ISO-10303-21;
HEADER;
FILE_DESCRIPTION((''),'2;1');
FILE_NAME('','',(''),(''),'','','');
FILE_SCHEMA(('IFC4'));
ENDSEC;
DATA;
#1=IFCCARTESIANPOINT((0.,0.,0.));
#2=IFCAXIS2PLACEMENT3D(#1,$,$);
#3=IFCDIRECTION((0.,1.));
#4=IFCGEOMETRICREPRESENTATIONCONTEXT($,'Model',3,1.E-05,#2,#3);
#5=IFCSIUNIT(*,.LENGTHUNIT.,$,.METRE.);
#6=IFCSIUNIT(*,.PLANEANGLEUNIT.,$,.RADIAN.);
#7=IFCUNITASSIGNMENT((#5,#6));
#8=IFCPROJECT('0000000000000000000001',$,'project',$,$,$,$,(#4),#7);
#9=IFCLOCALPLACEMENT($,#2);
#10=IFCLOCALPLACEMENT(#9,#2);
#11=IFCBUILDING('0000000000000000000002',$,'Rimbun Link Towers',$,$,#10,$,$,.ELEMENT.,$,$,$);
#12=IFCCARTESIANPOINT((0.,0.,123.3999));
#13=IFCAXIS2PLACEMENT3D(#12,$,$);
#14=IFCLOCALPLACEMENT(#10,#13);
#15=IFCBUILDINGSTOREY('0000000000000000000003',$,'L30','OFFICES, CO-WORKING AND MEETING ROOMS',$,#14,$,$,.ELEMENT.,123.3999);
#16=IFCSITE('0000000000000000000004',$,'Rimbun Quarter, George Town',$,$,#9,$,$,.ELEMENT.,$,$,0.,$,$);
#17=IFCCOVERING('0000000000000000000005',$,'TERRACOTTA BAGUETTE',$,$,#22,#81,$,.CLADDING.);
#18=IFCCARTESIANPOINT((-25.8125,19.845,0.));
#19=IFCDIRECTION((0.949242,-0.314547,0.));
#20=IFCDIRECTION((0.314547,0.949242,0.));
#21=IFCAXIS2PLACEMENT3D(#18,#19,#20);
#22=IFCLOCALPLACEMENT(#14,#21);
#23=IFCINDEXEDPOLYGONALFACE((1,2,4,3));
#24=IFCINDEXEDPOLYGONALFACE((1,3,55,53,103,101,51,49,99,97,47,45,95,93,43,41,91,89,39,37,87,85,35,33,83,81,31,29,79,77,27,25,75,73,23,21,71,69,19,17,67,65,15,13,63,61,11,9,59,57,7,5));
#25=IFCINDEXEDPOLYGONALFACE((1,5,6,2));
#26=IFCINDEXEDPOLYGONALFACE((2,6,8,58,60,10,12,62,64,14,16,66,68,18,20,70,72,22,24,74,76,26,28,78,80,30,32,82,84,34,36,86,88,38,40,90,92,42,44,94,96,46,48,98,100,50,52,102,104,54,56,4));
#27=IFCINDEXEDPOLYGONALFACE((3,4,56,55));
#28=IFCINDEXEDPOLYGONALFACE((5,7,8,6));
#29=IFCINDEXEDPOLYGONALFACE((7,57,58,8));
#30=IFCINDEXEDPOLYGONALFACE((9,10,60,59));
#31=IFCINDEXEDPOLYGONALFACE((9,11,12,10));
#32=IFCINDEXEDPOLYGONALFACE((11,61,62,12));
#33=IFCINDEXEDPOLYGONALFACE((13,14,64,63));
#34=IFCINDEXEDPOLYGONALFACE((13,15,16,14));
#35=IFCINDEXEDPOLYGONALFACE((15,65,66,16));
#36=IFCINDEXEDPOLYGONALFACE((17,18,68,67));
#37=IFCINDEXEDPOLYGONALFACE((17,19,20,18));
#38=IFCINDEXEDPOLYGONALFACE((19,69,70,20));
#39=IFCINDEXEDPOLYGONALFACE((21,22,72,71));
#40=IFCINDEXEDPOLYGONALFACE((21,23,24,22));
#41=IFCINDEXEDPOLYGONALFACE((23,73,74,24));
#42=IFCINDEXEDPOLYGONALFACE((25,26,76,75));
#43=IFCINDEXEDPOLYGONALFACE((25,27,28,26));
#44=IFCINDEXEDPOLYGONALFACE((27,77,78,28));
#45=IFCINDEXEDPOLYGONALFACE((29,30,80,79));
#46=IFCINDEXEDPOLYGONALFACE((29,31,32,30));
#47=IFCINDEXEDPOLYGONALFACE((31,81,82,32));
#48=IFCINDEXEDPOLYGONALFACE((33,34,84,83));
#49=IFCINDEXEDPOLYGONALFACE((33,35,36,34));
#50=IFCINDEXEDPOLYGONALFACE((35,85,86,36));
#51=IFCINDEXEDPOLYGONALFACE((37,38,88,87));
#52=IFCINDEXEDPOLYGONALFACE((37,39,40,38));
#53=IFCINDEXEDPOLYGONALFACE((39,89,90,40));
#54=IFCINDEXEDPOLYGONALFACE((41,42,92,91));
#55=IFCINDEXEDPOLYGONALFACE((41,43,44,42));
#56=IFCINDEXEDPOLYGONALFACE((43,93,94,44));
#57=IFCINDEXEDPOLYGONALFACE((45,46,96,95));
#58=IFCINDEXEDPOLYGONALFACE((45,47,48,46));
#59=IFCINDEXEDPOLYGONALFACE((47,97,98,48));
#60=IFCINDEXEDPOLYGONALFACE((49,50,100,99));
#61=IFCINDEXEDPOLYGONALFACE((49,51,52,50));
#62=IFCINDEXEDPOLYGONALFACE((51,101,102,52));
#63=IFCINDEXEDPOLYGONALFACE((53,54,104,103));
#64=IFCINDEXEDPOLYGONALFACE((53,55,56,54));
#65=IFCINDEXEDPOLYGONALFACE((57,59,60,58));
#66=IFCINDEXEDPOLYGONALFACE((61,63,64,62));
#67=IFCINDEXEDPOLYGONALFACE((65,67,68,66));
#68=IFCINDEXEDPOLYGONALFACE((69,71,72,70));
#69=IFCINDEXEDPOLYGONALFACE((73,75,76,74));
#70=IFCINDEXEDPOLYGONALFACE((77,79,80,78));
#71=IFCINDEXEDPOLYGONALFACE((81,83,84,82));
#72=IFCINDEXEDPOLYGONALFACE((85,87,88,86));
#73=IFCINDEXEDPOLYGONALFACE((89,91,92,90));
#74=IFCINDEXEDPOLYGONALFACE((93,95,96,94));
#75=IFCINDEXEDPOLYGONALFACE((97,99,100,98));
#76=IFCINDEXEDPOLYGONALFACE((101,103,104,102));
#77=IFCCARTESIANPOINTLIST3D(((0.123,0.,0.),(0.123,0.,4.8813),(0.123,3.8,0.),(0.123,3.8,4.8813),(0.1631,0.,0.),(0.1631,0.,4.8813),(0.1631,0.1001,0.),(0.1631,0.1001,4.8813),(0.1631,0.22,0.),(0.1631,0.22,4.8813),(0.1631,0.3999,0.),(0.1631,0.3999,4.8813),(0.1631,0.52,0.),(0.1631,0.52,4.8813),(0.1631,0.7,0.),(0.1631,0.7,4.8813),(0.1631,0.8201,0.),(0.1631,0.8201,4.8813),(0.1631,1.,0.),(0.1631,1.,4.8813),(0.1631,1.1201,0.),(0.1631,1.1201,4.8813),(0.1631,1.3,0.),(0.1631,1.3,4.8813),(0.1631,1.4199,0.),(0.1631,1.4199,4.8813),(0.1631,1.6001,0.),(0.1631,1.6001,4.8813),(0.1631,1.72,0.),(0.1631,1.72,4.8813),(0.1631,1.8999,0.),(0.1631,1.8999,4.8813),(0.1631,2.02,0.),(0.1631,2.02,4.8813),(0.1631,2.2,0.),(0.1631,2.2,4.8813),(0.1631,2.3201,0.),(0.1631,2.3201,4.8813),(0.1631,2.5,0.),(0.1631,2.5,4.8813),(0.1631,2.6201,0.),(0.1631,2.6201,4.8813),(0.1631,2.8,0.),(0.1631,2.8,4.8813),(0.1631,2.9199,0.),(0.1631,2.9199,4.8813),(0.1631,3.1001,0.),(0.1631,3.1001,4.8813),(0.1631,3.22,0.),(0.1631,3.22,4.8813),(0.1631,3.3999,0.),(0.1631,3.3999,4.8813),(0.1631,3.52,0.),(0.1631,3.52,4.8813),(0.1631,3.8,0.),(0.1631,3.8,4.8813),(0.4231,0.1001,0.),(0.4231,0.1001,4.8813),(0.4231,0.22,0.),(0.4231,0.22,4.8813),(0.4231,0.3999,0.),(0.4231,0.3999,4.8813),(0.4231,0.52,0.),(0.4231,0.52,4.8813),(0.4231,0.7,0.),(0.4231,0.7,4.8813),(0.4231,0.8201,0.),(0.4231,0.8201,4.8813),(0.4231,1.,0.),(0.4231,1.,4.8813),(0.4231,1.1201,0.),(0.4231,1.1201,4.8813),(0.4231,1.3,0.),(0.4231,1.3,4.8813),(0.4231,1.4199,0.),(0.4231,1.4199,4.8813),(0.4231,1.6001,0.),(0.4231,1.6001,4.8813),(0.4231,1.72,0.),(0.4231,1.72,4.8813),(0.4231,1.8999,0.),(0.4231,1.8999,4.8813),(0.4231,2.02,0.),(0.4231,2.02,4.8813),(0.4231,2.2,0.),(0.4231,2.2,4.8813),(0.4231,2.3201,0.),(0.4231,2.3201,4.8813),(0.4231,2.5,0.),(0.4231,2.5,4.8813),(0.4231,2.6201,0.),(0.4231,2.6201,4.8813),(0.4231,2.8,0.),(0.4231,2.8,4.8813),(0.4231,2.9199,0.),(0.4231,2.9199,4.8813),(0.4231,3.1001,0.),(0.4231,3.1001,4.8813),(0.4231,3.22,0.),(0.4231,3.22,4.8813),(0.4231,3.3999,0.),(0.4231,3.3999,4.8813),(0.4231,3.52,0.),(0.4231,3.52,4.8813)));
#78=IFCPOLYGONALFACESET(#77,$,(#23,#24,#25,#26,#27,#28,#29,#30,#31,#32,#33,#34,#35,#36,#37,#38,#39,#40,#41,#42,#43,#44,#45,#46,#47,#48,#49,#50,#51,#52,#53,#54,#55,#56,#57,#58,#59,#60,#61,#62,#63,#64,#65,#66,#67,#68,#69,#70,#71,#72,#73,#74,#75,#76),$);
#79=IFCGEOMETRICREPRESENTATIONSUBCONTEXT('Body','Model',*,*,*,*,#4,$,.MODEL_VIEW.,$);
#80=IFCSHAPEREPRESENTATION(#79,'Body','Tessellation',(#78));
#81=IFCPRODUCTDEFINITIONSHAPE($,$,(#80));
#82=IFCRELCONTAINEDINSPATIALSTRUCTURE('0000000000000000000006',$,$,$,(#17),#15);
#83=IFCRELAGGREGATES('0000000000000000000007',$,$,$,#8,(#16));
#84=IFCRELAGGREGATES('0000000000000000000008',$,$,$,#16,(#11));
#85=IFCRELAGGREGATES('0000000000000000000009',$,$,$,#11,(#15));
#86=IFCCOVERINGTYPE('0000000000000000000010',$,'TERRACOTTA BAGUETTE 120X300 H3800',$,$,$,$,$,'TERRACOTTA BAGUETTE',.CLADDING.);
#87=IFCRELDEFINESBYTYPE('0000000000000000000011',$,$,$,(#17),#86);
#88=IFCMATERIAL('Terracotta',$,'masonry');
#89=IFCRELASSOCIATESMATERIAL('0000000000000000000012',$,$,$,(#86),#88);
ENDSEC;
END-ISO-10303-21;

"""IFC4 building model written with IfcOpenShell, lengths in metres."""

from ifc_helpers import new_model, si_unit, direction, frame, origin, place, context, subcontext, project, spatial, polyline, outline, extrude, material, material_profile, profile_set, type_object, element, save


model = new_model("IFC4")

# Units and contexts
model_context = context("Model", 3, precision=1e-05, world=origin(), true_north=direction((0.0, 1.0)))
body_context = subcontext(model_context, "Body", "Model", "MODEL_VIEW")
ifc_project = project(units=[si_unit("LENGTHUNIT", "METRE"), si_unit("PLANEANGLEUNIT", "RADIAN")], contexts=[model_context])

# Site, building, storey
site_placement = place(None, origin())
site = spatial("IfcSite", under=ifc_project, at=site_placement, Name="Rimbun Quarter, George Town", CompositionType="ELEMENT", RefElevation=0.0)
building_placement = place(site_placement, origin())
building = spatial("IfcBuilding", under=site, at=building_placement, Name="Rimbun Link Towers", CompositionType="ELEMENT")
storey_placement = place(building_placement, frame((0.0, 0.0, 123.3999)))
storey = spatial("IfcBuildingStorey", under=building, at=storey_placement, Name="L30", Description="OFFICES, CO-WORKING AND MEETING ROOMS", CompositionType="ELEMENT", Elevation=123.3999)

# Covering
ifc_material_1 = material(Name="Terracotta", Category="masonry")
ifc_material_profile_1 = material_profile(ifc_material_1, outline(polyline([(0.123, 0.0), (0.1631, 0.0), (0.1631, 0.1001), (0.4231, 0.1001), (0.4231, 0.22), (0.1631, 0.22), (0.1631, 0.3999), (0.4231, 0.3999), (0.4231, 0.52), (0.1631, 0.52), (0.1631, 0.7), (0.4231, 0.7), (0.4231, 0.8201), (0.1631, 0.8201), (0.1631, 1.0), (0.4231, 1.0), (0.4231, 1.1201), (0.1631, 1.1201), (0.1631, 1.3), (0.4231, 1.3), (0.4231, 1.4199), (0.1631, 1.4199), (0.1631, 1.6001), (0.4231, 1.6001), (0.4231, 1.72), (0.1631, 1.72), (0.1631, 1.8999), (0.4231, 1.8999), (0.4231, 2.02), (0.1631, 2.02), (0.1631, 2.2), (0.4231, 2.2), (0.4231, 2.3201), (0.1631, 2.3201), (0.1631, 2.5), (0.4231, 2.5), (0.4231, 2.6201), (0.1631, 2.6201), (0.1631, 2.8), (0.4231, 2.8), (0.4231, 2.9199), (0.1631, 2.9199), (0.1631, 3.1001), (0.4231, 3.1001), (0.4231, 3.22), (0.1631, 3.22), (0.1631, 3.3999), (0.4231, 3.3999), (0.4231, 3.52), (0.1631, 3.52), (0.1631, 3.8), (0.123, 3.8), (0.123, 0.0)])), Name="BAGUETTE 120X300")
ifc_profile_set_1 = profile_set([ifc_material_profile_1], Name="Terracotta")
covering_type = type_object("IfcCoveringType", Name="TERRACOTTA BAGUETTE 120X300 H3800", ElementType="TERRACOTTA BAGUETTE", PredefinedType="CLADDING", material=ifc_profile_set_1)
covering_1_placement = place(storey_placement, frame((-25.8125, 19.845, 0.0), z_axis=(0.949242, -0.314547, 0.0), x_axis=(0.314547, 0.949242, 0.0)))
element("IfcCovering", 1, at=covering_1_placement, inside=storey, type_object=covering_type, Name="TERRACOTTA BAGUETTE", PredefinedType="CLADDING", context=body_context, shape_type="SweptSolid", body=[
    extrude(outline(polyline([(0.123, 0.0), (0.1631, 0.0), (0.1631, 0.1001), (0.4231, 0.1001), (0.4231, 0.22), (0.1631, 0.22), (0.1631, 0.3999), (0.4231, 0.3999), (0.4231, 0.52), (0.1631, 0.52), (0.1631, 0.7), (0.4231, 0.7), (0.4231, 0.8201), (0.1631, 0.8201), (0.1631, 1.0), (0.4231, 1.0), (0.4231, 1.1201), (0.1631, 1.1201), (0.1631, 1.3), (0.4231, 1.3), (0.4231, 1.4199), (0.1631, 1.4199), (0.1631, 1.6001), (0.4231, 1.6001), (0.4231, 1.72), (0.1631, 1.72), (0.1631, 1.8999), (0.4231, 1.8999), (0.4231, 2.02), (0.1631, 2.02), (0.1631, 2.2), (0.4231, 2.2), (0.4231, 2.3201), (0.1631, 2.3201), (0.1631, 2.5), (0.4231, 2.5), (0.4231, 2.6201), (0.1631, 2.6201), (0.1631, 2.8), (0.4231, 2.8), (0.4231, 2.9199), (0.1631, 2.9199), (0.1631, 3.1001), (0.4231, 3.1001), (0.4231, 3.22), (0.1631, 3.22), (0.1631, 3.3999), (0.4231, 3.3999), (0.4231, 3.52), (0.1631, 3.52), (0.1631, 3.8), (0.123, 3.8), (0.123, 0.0)])), origin(), (0.0, 0.0, 1.0), 4.8813),
])

save(model, "model.ifc")
